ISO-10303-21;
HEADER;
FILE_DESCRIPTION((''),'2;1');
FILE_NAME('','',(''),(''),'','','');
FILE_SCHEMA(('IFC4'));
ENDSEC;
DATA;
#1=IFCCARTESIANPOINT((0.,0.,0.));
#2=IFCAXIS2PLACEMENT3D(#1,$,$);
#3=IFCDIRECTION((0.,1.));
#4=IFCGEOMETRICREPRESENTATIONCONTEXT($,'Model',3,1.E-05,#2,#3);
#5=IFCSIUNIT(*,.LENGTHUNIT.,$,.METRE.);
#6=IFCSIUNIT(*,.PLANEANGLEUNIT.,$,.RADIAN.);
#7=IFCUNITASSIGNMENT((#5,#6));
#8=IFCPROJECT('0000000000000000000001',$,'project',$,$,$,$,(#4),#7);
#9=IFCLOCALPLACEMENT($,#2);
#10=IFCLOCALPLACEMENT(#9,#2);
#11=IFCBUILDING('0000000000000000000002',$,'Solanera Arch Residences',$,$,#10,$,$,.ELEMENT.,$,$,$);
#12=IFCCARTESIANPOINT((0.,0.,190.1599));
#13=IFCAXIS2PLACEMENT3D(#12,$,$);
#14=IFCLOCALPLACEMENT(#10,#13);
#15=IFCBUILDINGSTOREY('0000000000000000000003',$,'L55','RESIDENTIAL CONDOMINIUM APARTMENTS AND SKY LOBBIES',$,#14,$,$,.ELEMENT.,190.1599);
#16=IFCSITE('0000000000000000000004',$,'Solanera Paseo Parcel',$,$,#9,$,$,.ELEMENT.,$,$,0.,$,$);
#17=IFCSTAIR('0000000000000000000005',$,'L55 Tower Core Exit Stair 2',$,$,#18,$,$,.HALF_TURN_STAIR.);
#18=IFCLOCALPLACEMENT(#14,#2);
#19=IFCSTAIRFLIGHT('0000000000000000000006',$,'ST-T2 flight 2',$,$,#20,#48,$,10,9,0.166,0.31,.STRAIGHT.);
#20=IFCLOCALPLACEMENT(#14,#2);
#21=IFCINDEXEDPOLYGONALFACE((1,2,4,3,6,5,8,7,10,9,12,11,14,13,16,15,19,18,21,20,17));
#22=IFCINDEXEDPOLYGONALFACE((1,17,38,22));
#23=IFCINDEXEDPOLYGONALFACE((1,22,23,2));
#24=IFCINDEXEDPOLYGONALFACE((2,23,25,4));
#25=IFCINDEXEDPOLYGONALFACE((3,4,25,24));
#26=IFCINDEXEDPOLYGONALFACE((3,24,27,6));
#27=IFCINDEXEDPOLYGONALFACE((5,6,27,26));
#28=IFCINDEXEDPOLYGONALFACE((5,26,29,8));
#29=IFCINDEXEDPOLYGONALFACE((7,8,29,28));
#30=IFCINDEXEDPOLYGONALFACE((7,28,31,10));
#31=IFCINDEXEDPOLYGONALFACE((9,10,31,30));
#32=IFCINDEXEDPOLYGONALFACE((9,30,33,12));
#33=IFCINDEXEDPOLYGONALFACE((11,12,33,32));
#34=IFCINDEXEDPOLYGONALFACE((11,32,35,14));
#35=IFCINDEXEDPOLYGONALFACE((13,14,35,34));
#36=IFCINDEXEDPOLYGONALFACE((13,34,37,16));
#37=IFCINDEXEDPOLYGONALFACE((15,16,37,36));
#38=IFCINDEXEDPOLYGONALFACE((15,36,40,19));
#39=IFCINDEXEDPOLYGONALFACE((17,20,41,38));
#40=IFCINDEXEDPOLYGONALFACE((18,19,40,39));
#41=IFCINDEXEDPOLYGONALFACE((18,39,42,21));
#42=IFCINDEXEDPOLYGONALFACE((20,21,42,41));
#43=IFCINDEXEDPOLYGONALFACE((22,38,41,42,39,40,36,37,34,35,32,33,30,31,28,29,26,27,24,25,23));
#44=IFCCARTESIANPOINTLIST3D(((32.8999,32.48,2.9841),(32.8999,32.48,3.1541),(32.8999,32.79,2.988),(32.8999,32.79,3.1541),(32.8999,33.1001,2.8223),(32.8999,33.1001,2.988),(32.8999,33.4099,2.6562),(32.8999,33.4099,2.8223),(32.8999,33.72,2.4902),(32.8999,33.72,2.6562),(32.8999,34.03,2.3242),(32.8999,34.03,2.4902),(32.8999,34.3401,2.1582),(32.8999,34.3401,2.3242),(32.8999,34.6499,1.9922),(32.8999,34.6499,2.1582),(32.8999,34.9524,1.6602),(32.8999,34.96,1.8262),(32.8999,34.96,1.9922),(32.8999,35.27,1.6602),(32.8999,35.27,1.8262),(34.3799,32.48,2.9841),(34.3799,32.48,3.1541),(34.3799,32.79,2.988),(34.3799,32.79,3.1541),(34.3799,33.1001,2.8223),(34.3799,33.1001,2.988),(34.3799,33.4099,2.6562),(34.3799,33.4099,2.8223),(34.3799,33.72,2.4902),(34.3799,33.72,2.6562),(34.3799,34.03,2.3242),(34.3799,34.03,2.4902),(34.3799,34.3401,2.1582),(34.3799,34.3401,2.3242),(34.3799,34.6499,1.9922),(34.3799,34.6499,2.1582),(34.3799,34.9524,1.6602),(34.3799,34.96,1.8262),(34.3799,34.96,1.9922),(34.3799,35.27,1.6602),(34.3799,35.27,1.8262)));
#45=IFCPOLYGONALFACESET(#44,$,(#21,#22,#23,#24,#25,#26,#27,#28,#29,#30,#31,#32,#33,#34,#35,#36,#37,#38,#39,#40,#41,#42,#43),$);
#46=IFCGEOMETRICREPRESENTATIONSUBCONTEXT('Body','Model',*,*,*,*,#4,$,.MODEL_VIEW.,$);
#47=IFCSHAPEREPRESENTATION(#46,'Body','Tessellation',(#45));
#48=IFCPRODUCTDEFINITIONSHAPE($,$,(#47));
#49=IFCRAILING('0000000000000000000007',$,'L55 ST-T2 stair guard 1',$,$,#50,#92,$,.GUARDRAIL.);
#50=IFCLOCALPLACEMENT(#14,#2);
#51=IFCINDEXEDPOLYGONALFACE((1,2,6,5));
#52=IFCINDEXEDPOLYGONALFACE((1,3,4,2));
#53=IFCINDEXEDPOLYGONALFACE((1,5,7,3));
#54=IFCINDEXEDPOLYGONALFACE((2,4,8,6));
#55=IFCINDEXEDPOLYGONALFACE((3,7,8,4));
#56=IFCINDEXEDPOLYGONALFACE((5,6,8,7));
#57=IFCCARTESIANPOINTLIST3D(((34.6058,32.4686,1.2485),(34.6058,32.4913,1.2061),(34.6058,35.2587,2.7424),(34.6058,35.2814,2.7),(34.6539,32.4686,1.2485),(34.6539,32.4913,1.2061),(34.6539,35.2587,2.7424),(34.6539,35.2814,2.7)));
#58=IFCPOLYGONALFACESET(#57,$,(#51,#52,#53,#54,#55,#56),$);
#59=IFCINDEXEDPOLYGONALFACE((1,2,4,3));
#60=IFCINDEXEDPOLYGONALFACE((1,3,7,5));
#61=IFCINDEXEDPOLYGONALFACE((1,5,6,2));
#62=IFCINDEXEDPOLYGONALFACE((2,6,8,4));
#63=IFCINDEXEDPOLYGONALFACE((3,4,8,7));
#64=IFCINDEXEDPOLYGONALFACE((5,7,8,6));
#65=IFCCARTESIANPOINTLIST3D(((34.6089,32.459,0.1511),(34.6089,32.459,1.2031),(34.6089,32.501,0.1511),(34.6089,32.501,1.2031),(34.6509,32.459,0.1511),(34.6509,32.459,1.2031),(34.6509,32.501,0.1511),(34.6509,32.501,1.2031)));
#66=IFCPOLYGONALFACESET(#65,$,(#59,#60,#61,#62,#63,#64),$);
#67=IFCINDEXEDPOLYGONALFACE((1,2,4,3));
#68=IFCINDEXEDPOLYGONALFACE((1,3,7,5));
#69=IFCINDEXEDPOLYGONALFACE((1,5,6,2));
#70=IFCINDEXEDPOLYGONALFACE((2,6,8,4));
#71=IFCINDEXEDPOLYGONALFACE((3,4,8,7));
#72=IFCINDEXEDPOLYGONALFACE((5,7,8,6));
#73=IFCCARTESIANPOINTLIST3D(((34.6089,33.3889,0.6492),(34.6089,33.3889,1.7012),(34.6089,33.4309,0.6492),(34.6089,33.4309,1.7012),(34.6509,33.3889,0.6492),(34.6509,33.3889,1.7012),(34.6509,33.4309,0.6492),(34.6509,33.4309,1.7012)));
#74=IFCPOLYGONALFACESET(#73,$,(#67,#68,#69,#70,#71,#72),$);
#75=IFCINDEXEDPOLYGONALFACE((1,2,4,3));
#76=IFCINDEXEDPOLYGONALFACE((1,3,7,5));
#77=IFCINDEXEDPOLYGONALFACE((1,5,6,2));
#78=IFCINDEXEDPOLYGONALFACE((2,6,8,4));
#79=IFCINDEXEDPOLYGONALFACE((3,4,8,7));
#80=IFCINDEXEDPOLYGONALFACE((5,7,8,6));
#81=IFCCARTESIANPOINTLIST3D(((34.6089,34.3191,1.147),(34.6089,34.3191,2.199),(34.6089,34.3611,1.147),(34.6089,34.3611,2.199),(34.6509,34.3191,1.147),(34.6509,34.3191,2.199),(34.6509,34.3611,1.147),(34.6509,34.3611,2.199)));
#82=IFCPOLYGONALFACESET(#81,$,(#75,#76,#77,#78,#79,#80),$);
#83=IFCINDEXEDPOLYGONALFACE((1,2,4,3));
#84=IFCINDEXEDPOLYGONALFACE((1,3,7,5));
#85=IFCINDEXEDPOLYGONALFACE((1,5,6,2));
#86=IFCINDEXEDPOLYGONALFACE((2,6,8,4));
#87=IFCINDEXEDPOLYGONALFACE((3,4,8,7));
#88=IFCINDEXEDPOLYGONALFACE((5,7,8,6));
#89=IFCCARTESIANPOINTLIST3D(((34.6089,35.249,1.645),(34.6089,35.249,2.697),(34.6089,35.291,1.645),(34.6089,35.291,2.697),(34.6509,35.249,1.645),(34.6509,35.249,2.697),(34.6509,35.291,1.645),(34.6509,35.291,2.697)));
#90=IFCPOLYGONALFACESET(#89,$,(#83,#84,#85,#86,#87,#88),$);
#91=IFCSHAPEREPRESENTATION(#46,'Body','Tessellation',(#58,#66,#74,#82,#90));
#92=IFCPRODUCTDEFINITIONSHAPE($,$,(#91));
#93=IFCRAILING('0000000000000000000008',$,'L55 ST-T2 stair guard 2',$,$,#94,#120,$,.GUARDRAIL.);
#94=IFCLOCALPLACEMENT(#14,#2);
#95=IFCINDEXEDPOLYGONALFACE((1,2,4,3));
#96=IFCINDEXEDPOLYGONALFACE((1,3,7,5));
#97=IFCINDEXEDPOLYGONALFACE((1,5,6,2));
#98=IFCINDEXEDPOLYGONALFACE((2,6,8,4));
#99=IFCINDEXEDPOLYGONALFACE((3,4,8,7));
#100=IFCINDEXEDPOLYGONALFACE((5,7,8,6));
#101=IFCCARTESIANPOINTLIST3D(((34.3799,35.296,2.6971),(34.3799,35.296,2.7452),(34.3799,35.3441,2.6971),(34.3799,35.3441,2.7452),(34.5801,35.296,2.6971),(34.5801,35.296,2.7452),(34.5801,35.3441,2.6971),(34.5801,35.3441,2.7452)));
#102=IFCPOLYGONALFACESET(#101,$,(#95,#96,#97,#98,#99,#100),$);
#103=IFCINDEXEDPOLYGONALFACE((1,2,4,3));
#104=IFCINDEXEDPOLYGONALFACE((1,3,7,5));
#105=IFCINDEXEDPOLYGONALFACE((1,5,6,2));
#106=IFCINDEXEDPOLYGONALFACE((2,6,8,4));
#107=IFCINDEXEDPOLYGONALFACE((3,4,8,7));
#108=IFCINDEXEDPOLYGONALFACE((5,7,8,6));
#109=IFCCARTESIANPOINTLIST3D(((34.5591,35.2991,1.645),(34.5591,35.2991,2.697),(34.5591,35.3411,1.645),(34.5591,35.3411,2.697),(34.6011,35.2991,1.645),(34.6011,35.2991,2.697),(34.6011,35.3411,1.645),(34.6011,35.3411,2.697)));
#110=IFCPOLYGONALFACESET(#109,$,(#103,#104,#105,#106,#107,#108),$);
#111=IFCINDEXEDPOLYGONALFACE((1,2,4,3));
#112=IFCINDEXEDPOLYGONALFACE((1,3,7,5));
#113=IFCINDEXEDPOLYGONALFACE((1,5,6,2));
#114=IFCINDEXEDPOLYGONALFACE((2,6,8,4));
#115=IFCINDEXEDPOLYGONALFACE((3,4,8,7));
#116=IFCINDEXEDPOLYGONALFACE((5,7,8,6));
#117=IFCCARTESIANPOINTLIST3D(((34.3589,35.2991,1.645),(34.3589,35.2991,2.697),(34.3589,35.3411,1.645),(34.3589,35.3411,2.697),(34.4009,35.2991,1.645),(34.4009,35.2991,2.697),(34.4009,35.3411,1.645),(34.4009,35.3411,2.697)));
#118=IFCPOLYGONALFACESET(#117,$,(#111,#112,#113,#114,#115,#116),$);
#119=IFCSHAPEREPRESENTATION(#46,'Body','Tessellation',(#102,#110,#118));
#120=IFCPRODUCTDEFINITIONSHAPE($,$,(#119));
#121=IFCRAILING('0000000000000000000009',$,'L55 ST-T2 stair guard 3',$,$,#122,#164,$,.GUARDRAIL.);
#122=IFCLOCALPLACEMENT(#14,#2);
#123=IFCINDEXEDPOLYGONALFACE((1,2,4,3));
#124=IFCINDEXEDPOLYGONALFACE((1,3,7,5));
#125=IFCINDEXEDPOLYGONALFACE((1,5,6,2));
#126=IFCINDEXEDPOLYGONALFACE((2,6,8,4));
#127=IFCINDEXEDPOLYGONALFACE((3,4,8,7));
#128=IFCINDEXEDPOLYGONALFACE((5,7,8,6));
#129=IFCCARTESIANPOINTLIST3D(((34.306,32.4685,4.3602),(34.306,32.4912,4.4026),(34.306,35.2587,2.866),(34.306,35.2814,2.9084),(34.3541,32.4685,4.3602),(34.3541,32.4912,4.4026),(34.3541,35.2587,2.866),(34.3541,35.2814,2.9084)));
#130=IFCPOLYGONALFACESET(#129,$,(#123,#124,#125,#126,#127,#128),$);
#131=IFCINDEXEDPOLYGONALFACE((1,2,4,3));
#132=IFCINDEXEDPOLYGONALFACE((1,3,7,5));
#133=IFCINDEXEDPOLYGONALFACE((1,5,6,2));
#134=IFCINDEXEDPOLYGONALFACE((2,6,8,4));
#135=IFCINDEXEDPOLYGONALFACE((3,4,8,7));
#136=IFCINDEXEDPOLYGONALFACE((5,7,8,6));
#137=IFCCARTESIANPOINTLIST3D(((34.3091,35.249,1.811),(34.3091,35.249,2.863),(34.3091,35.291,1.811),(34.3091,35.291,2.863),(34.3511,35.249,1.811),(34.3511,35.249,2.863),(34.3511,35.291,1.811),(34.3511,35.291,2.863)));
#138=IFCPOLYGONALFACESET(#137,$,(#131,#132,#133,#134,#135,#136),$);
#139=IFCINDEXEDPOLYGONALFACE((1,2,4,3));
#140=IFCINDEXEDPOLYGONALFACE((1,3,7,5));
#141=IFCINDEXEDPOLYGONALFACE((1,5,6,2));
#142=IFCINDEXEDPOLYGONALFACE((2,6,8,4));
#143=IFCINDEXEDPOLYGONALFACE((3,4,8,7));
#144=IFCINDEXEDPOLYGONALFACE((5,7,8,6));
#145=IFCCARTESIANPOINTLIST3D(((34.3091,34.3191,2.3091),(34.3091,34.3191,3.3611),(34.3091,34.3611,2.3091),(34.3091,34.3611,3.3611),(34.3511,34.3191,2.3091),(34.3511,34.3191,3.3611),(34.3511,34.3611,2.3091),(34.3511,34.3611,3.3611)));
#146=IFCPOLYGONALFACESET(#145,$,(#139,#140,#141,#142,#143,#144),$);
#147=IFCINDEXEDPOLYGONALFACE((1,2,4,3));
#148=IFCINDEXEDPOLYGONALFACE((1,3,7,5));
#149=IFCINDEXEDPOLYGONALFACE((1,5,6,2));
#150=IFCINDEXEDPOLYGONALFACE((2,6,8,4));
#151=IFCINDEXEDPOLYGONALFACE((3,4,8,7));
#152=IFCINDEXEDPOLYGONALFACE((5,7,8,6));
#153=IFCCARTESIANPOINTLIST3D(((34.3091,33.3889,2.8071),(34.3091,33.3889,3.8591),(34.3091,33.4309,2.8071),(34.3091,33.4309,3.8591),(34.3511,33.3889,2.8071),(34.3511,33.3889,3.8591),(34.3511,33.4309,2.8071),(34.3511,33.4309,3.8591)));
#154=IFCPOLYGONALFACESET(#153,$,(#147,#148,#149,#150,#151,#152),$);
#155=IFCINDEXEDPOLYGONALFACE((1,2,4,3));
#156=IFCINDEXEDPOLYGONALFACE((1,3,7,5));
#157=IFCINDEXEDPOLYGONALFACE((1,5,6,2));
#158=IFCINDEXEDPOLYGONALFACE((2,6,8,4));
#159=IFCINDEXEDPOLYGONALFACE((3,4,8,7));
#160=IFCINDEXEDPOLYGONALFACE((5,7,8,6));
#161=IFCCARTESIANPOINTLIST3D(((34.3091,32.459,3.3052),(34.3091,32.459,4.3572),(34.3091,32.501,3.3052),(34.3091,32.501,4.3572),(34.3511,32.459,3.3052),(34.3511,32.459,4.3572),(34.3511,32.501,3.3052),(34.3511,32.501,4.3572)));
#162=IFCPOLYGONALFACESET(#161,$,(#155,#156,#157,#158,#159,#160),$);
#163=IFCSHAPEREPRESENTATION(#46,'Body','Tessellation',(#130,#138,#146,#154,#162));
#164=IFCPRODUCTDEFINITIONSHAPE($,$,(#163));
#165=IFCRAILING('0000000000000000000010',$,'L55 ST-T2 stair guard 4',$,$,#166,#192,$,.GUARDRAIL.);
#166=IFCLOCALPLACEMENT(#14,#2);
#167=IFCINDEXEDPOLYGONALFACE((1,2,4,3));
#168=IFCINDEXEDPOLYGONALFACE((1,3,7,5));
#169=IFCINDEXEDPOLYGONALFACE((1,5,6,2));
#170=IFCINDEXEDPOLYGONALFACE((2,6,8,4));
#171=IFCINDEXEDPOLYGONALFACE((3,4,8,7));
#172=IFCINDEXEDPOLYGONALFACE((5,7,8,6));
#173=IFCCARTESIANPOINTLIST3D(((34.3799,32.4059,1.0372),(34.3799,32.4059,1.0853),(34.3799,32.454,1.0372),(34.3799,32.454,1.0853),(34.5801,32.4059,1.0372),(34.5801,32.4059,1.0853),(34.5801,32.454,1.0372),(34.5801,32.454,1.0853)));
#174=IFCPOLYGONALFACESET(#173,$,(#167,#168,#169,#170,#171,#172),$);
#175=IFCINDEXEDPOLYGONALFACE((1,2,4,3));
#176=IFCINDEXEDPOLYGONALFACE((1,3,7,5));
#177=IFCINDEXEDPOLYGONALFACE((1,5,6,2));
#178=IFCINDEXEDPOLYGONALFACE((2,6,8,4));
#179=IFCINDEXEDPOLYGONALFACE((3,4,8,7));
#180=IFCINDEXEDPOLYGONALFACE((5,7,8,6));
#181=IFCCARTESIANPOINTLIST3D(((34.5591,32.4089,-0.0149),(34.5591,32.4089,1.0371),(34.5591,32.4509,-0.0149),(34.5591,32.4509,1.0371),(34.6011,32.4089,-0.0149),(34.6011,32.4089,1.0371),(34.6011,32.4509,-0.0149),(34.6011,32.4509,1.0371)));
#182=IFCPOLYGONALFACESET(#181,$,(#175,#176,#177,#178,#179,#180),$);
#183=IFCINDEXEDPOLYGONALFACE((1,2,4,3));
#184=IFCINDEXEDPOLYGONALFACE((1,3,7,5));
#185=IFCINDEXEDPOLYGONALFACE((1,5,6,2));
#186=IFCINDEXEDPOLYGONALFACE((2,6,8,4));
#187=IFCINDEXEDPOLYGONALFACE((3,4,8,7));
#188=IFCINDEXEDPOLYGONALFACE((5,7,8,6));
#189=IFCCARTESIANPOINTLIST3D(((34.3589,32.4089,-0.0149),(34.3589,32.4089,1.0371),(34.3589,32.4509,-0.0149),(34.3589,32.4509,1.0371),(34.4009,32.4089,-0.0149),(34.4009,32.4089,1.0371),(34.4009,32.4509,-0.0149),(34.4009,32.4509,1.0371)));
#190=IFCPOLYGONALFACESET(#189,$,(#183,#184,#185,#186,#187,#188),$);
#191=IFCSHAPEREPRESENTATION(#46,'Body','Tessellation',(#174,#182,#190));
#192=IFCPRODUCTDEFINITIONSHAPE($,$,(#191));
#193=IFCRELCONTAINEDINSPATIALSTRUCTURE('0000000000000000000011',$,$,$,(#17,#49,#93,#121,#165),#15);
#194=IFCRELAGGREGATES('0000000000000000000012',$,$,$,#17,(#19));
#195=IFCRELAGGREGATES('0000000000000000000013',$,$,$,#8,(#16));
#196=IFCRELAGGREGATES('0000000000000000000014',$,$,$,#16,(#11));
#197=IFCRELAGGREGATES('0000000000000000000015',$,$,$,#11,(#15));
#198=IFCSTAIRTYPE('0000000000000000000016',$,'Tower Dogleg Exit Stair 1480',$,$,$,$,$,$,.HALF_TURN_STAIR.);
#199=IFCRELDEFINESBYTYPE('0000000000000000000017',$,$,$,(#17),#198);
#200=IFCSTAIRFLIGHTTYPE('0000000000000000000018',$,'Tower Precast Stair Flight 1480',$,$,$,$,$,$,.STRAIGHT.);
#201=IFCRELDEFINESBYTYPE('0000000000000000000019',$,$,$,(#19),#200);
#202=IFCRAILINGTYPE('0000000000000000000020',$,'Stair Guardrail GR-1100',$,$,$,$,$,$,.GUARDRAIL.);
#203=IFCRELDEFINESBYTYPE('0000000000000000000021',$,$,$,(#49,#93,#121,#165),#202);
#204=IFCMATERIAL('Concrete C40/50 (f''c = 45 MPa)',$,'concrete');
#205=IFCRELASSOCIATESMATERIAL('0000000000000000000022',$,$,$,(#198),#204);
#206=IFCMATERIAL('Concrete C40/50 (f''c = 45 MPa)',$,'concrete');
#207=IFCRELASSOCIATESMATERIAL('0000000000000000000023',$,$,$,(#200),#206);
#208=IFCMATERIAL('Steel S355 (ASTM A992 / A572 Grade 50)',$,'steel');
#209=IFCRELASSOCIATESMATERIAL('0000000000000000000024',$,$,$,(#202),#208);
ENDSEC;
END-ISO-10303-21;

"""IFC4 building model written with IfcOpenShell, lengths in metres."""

from ifc_helpers import new_model, si_unit, direction, frame, origin, origin_2d, place, context, subcontext, project, spatial, polyline, rectangle, outline, extrude, material, type_object, element, aggregate, save


model = new_model("IFC4")

# Units and contexts
model_context = context("Model", 3, precision=1e-05, world=origin(), true_north=direction((0.0, 1.0)))
body_context = subcontext(model_context, "Body", "Model", "MODEL_VIEW")
ifc_project = project(units=[si_unit("LENGTHUNIT", "METRE"), si_unit("PLANEANGLEUNIT", "RADIAN")], contexts=[model_context])

# Site, building, storey
site_placement = place(None, origin())
site = spatial("IfcSite", under=ifc_project, at=site_placement, Name="Solanera Paseo Parcel", CompositionType="ELEMENT", RefElevation=0.0)
building_placement = place(site_placement, origin())
building = spatial("IfcBuilding", under=site, at=building_placement, Name="Solanera Arch Residences", CompositionType="ELEMENT")
storey_placement = place(building_placement, frame((0.0, 0.0, 190.1599)))
storey = spatial("IfcBuildingStorey", under=building, at=storey_placement, Name="L55", Description="RESIDENTIAL CONDOMINIUM APARTMENTS AND SKY LOBBIES", CompositionType="ELEMENT", Elevation=190.1599)

# Stair, stair flight
ifc_material_1 = material(Name="Concrete C40/50 (f'c = 45 MPa)", Category="concrete")
stair_type = type_object("IfcStairType", Name="Tower Dogleg Exit Stair 1480", PredefinedType="HALF_TURN_STAIR", material=ifc_material_1)
stair_placement = place(storey_placement, origin())
stair = element("IfcStair", 1, at=stair_placement, inside=storey, type_object=stair_type, Name="L55 Tower Core Exit Stair 2", PredefinedType="HALF_TURN_STAIR")
ifc_material_2 = material(Name="Concrete C40/50 (f'c = 45 MPa)", Category="concrete")
stair_flight_type = type_object("IfcStairFlightType", Name="Tower Precast Stair Flight 1480", PredefinedType="STRAIGHT", material=ifc_material_2)
stair_flight_1_placement = place(storey_placement, frame((33.6399, 35.27, 1.6602), z_axis=(0.0, 0.0, 1.0), x_axis=(0.0, -1.0, 0.0)))
stair_flight_1 = element("IfcStairFlight", 2, at=stair_flight_1_placement, type_object=stair_flight_type, Name="ST-T2 flight 2", NumberOfRisers=10, NumberOfTreads=9, PredefinedType="STRAIGHT", RiserHeight=0.166, TreadLength=0.31, context=body_context, shape_type="SweptSolid", body=[
    extrude(outline(polyline([(0.0, 0.0), (0.0, 0.166), (0.3101, 0.166), (0.3101, 0.332), (0.6201, 0.332), (0.6201, 0.498), (0.9299, 0.498), (0.9299, 0.6641), (1.24, 0.6641), (1.24, 0.8301), (1.55, 0.8301), (1.55, 0.9961), (1.8601, 0.9961), (1.8601, 1.1621), (2.1699, 1.1621), (2.1699, 1.3279), (2.48, 1.3279), (2.48, 1.4939), (2.79, 1.4939), (2.79, 1.6599), (2.79, 1.324), (0.3176, 0.0), (0.0, 0.0)])), frame((0.0, 0.74, 0.0), z_axis=(0.0, -1.0, 0.0), x_axis=(1.0, 0.0, 0.0)), (0.0, 0.0, 1.0), 1.48),
])
aggregate(stair, [stair_flight_1])

# Railings
ifc_material_3 = material(Name="Steel S355 (ASTM A992 / A572 Grade 50)", Category="steel")
railing_type_1 = type_object("IfcRailingType", Name="Stair Guardrail GR-1100", PredefinedType="GUARDRAIL", material=ifc_material_3)
railing_1_placement = place(storey_placement, frame((34.6299, 32.48, 0.1511)))
element("IfcRailing", 3, at=railing_1_placement, inside=storey, type_object=railing_type_1, Name="L55 ST-T2 stair guard 1", PredefinedType="GUARDRAIL", context=body_context, shape_type="SweptSolid", body=[
    extrude(rectangle(XDim=0.0481, YDim=0.0481, at=origin_2d()), frame((0.0, 0.0, 1.0762), z_axis=(0.0, 0.881581, 0.472033), x_axis=(-1.0, 0.0, 0.0)), (0.0, 0.0, 1.0), 3.1648),
    extrude(rectangle(XDim=0.042, YDim=0.042, at=origin_2d()), origin(), (0.0, 0.0, 1.0), 1.052),
    extrude(rectangle(XDim=0.042, YDim=0.042, at=origin_2d()), frame((0.0, 0.9299, 0.498)), (0.0, 0.0, 1.0), 1.052),
    extrude(rectangle(XDim=0.042, YDim=0.042, at=origin_2d()), frame((0.0, 1.8601, 0.9958)), (0.0, 0.0, 1.0), 1.052),
    extrude(rectangle(XDim=0.042, YDim=0.042, at=origin_2d()), frame((0.0, 2.79, 1.4939)), (0.0, 0.0, 1.0), 1.052),
])
railing_2_placement = place(storey_placement, frame((34.5801, 35.3201, 1.645)))
element("IfcRailing", 4, at=railing_2_placement, inside=storey, type_object=railing_type_1, Name="L55 ST-T2 stair guard 2", PredefinedType="GUARDRAIL", context=body_context, shape_type="SweptSolid", body=[
    extrude(rectangle(XDim=0.0481, YDim=0.0481, at=origin_2d()), frame((0.0, 0.0, 1.0762), z_axis=(-1.0, 0.0, 0.0), x_axis=(0.0, -1.0, 0.0)), (0.0, 0.0, 1.0), 0.2002),
    extrude(rectangle(XDim=0.042, YDim=0.042, at=origin_2d()), origin(), (0.0, 0.0, 1.0), 1.052),
    extrude(rectangle(XDim=0.042, YDim=0.042, at=origin_2d()), frame((-0.2002, 0.0, 0.0)), (0.0, 0.0, 1.0), 1.052),
])
railing_3_placement = place(storey_placement, frame((34.3301, 35.27, 1.811)))
element("IfcRailing", 5, at=railing_3_placement, inside=storey, type_object=railing_type_1, Name="L55 ST-T2 stair guard 3", PredefinedType="GUARDRAIL", context=body_context, shape_type="SweptSolid", body=[
    extrude(rectangle(XDim=0.0481, YDim=0.0481, at=origin_2d()), frame((0.0, 0.0, 1.0762), z_axis=(0.0, -0.881549, 0.472093), x_axis=(1.0, 0.0, 0.0)), (0.0, 0.0, 1.0), 3.165),
    extrude(rectangle(XDim=0.042, YDim=0.042, at=origin_2d()), origin(), (0.0, 0.0, 1.0), 1.052),
    extrude(rectangle(XDim=0.042, YDim=0.042, at=origin_2d()), frame((0.0, -0.9299, 0.498)), (0.0, 0.0, 1.0), 1.052),
    extrude(rectangle(XDim=0.042, YDim=0.042, at=origin_2d()), frame((0.0, -1.8601, 0.9961)), (0.0, 0.0, 1.0), 1.052),
    extrude(rectangle(XDim=0.042, YDim=0.042, at=origin_2d()), frame((0.0, -2.79, 1.4941)), (0.0, 0.0, 1.0), 1.052),
])
railing_4_placement = place(storey_placement, frame((34.5801, 32.4299, -0.0149)))
element("IfcRailing", 6, at=railing_4_placement, inside=storey, type_object=railing_type_1, Name="L55 ST-T2 stair guard 4", PredefinedType="GUARDRAIL", context=body_context, shape_type="SweptSolid", body=[
    extrude(rectangle(XDim=0.0481, YDim=0.0481, at=origin_2d()), frame((0.0, 0.0, 1.0762), z_axis=(-1.0, 0.0, 0.0), x_axis=(0.0, -1.0, 0.0)), (0.0, 0.0, 1.0), 0.2002),
    extrude(rectangle(XDim=0.042, YDim=0.042, at=origin_2d()), origin(), (0.0, 0.0, 1.0), 1.052),
    extrude(rectangle(XDim=0.042, YDim=0.042, at=origin_2d()), frame((-0.2002, 0.0, 0.0)), (0.0, 0.0, 1.0), 1.052),
])

save(model, "model.ifc")
